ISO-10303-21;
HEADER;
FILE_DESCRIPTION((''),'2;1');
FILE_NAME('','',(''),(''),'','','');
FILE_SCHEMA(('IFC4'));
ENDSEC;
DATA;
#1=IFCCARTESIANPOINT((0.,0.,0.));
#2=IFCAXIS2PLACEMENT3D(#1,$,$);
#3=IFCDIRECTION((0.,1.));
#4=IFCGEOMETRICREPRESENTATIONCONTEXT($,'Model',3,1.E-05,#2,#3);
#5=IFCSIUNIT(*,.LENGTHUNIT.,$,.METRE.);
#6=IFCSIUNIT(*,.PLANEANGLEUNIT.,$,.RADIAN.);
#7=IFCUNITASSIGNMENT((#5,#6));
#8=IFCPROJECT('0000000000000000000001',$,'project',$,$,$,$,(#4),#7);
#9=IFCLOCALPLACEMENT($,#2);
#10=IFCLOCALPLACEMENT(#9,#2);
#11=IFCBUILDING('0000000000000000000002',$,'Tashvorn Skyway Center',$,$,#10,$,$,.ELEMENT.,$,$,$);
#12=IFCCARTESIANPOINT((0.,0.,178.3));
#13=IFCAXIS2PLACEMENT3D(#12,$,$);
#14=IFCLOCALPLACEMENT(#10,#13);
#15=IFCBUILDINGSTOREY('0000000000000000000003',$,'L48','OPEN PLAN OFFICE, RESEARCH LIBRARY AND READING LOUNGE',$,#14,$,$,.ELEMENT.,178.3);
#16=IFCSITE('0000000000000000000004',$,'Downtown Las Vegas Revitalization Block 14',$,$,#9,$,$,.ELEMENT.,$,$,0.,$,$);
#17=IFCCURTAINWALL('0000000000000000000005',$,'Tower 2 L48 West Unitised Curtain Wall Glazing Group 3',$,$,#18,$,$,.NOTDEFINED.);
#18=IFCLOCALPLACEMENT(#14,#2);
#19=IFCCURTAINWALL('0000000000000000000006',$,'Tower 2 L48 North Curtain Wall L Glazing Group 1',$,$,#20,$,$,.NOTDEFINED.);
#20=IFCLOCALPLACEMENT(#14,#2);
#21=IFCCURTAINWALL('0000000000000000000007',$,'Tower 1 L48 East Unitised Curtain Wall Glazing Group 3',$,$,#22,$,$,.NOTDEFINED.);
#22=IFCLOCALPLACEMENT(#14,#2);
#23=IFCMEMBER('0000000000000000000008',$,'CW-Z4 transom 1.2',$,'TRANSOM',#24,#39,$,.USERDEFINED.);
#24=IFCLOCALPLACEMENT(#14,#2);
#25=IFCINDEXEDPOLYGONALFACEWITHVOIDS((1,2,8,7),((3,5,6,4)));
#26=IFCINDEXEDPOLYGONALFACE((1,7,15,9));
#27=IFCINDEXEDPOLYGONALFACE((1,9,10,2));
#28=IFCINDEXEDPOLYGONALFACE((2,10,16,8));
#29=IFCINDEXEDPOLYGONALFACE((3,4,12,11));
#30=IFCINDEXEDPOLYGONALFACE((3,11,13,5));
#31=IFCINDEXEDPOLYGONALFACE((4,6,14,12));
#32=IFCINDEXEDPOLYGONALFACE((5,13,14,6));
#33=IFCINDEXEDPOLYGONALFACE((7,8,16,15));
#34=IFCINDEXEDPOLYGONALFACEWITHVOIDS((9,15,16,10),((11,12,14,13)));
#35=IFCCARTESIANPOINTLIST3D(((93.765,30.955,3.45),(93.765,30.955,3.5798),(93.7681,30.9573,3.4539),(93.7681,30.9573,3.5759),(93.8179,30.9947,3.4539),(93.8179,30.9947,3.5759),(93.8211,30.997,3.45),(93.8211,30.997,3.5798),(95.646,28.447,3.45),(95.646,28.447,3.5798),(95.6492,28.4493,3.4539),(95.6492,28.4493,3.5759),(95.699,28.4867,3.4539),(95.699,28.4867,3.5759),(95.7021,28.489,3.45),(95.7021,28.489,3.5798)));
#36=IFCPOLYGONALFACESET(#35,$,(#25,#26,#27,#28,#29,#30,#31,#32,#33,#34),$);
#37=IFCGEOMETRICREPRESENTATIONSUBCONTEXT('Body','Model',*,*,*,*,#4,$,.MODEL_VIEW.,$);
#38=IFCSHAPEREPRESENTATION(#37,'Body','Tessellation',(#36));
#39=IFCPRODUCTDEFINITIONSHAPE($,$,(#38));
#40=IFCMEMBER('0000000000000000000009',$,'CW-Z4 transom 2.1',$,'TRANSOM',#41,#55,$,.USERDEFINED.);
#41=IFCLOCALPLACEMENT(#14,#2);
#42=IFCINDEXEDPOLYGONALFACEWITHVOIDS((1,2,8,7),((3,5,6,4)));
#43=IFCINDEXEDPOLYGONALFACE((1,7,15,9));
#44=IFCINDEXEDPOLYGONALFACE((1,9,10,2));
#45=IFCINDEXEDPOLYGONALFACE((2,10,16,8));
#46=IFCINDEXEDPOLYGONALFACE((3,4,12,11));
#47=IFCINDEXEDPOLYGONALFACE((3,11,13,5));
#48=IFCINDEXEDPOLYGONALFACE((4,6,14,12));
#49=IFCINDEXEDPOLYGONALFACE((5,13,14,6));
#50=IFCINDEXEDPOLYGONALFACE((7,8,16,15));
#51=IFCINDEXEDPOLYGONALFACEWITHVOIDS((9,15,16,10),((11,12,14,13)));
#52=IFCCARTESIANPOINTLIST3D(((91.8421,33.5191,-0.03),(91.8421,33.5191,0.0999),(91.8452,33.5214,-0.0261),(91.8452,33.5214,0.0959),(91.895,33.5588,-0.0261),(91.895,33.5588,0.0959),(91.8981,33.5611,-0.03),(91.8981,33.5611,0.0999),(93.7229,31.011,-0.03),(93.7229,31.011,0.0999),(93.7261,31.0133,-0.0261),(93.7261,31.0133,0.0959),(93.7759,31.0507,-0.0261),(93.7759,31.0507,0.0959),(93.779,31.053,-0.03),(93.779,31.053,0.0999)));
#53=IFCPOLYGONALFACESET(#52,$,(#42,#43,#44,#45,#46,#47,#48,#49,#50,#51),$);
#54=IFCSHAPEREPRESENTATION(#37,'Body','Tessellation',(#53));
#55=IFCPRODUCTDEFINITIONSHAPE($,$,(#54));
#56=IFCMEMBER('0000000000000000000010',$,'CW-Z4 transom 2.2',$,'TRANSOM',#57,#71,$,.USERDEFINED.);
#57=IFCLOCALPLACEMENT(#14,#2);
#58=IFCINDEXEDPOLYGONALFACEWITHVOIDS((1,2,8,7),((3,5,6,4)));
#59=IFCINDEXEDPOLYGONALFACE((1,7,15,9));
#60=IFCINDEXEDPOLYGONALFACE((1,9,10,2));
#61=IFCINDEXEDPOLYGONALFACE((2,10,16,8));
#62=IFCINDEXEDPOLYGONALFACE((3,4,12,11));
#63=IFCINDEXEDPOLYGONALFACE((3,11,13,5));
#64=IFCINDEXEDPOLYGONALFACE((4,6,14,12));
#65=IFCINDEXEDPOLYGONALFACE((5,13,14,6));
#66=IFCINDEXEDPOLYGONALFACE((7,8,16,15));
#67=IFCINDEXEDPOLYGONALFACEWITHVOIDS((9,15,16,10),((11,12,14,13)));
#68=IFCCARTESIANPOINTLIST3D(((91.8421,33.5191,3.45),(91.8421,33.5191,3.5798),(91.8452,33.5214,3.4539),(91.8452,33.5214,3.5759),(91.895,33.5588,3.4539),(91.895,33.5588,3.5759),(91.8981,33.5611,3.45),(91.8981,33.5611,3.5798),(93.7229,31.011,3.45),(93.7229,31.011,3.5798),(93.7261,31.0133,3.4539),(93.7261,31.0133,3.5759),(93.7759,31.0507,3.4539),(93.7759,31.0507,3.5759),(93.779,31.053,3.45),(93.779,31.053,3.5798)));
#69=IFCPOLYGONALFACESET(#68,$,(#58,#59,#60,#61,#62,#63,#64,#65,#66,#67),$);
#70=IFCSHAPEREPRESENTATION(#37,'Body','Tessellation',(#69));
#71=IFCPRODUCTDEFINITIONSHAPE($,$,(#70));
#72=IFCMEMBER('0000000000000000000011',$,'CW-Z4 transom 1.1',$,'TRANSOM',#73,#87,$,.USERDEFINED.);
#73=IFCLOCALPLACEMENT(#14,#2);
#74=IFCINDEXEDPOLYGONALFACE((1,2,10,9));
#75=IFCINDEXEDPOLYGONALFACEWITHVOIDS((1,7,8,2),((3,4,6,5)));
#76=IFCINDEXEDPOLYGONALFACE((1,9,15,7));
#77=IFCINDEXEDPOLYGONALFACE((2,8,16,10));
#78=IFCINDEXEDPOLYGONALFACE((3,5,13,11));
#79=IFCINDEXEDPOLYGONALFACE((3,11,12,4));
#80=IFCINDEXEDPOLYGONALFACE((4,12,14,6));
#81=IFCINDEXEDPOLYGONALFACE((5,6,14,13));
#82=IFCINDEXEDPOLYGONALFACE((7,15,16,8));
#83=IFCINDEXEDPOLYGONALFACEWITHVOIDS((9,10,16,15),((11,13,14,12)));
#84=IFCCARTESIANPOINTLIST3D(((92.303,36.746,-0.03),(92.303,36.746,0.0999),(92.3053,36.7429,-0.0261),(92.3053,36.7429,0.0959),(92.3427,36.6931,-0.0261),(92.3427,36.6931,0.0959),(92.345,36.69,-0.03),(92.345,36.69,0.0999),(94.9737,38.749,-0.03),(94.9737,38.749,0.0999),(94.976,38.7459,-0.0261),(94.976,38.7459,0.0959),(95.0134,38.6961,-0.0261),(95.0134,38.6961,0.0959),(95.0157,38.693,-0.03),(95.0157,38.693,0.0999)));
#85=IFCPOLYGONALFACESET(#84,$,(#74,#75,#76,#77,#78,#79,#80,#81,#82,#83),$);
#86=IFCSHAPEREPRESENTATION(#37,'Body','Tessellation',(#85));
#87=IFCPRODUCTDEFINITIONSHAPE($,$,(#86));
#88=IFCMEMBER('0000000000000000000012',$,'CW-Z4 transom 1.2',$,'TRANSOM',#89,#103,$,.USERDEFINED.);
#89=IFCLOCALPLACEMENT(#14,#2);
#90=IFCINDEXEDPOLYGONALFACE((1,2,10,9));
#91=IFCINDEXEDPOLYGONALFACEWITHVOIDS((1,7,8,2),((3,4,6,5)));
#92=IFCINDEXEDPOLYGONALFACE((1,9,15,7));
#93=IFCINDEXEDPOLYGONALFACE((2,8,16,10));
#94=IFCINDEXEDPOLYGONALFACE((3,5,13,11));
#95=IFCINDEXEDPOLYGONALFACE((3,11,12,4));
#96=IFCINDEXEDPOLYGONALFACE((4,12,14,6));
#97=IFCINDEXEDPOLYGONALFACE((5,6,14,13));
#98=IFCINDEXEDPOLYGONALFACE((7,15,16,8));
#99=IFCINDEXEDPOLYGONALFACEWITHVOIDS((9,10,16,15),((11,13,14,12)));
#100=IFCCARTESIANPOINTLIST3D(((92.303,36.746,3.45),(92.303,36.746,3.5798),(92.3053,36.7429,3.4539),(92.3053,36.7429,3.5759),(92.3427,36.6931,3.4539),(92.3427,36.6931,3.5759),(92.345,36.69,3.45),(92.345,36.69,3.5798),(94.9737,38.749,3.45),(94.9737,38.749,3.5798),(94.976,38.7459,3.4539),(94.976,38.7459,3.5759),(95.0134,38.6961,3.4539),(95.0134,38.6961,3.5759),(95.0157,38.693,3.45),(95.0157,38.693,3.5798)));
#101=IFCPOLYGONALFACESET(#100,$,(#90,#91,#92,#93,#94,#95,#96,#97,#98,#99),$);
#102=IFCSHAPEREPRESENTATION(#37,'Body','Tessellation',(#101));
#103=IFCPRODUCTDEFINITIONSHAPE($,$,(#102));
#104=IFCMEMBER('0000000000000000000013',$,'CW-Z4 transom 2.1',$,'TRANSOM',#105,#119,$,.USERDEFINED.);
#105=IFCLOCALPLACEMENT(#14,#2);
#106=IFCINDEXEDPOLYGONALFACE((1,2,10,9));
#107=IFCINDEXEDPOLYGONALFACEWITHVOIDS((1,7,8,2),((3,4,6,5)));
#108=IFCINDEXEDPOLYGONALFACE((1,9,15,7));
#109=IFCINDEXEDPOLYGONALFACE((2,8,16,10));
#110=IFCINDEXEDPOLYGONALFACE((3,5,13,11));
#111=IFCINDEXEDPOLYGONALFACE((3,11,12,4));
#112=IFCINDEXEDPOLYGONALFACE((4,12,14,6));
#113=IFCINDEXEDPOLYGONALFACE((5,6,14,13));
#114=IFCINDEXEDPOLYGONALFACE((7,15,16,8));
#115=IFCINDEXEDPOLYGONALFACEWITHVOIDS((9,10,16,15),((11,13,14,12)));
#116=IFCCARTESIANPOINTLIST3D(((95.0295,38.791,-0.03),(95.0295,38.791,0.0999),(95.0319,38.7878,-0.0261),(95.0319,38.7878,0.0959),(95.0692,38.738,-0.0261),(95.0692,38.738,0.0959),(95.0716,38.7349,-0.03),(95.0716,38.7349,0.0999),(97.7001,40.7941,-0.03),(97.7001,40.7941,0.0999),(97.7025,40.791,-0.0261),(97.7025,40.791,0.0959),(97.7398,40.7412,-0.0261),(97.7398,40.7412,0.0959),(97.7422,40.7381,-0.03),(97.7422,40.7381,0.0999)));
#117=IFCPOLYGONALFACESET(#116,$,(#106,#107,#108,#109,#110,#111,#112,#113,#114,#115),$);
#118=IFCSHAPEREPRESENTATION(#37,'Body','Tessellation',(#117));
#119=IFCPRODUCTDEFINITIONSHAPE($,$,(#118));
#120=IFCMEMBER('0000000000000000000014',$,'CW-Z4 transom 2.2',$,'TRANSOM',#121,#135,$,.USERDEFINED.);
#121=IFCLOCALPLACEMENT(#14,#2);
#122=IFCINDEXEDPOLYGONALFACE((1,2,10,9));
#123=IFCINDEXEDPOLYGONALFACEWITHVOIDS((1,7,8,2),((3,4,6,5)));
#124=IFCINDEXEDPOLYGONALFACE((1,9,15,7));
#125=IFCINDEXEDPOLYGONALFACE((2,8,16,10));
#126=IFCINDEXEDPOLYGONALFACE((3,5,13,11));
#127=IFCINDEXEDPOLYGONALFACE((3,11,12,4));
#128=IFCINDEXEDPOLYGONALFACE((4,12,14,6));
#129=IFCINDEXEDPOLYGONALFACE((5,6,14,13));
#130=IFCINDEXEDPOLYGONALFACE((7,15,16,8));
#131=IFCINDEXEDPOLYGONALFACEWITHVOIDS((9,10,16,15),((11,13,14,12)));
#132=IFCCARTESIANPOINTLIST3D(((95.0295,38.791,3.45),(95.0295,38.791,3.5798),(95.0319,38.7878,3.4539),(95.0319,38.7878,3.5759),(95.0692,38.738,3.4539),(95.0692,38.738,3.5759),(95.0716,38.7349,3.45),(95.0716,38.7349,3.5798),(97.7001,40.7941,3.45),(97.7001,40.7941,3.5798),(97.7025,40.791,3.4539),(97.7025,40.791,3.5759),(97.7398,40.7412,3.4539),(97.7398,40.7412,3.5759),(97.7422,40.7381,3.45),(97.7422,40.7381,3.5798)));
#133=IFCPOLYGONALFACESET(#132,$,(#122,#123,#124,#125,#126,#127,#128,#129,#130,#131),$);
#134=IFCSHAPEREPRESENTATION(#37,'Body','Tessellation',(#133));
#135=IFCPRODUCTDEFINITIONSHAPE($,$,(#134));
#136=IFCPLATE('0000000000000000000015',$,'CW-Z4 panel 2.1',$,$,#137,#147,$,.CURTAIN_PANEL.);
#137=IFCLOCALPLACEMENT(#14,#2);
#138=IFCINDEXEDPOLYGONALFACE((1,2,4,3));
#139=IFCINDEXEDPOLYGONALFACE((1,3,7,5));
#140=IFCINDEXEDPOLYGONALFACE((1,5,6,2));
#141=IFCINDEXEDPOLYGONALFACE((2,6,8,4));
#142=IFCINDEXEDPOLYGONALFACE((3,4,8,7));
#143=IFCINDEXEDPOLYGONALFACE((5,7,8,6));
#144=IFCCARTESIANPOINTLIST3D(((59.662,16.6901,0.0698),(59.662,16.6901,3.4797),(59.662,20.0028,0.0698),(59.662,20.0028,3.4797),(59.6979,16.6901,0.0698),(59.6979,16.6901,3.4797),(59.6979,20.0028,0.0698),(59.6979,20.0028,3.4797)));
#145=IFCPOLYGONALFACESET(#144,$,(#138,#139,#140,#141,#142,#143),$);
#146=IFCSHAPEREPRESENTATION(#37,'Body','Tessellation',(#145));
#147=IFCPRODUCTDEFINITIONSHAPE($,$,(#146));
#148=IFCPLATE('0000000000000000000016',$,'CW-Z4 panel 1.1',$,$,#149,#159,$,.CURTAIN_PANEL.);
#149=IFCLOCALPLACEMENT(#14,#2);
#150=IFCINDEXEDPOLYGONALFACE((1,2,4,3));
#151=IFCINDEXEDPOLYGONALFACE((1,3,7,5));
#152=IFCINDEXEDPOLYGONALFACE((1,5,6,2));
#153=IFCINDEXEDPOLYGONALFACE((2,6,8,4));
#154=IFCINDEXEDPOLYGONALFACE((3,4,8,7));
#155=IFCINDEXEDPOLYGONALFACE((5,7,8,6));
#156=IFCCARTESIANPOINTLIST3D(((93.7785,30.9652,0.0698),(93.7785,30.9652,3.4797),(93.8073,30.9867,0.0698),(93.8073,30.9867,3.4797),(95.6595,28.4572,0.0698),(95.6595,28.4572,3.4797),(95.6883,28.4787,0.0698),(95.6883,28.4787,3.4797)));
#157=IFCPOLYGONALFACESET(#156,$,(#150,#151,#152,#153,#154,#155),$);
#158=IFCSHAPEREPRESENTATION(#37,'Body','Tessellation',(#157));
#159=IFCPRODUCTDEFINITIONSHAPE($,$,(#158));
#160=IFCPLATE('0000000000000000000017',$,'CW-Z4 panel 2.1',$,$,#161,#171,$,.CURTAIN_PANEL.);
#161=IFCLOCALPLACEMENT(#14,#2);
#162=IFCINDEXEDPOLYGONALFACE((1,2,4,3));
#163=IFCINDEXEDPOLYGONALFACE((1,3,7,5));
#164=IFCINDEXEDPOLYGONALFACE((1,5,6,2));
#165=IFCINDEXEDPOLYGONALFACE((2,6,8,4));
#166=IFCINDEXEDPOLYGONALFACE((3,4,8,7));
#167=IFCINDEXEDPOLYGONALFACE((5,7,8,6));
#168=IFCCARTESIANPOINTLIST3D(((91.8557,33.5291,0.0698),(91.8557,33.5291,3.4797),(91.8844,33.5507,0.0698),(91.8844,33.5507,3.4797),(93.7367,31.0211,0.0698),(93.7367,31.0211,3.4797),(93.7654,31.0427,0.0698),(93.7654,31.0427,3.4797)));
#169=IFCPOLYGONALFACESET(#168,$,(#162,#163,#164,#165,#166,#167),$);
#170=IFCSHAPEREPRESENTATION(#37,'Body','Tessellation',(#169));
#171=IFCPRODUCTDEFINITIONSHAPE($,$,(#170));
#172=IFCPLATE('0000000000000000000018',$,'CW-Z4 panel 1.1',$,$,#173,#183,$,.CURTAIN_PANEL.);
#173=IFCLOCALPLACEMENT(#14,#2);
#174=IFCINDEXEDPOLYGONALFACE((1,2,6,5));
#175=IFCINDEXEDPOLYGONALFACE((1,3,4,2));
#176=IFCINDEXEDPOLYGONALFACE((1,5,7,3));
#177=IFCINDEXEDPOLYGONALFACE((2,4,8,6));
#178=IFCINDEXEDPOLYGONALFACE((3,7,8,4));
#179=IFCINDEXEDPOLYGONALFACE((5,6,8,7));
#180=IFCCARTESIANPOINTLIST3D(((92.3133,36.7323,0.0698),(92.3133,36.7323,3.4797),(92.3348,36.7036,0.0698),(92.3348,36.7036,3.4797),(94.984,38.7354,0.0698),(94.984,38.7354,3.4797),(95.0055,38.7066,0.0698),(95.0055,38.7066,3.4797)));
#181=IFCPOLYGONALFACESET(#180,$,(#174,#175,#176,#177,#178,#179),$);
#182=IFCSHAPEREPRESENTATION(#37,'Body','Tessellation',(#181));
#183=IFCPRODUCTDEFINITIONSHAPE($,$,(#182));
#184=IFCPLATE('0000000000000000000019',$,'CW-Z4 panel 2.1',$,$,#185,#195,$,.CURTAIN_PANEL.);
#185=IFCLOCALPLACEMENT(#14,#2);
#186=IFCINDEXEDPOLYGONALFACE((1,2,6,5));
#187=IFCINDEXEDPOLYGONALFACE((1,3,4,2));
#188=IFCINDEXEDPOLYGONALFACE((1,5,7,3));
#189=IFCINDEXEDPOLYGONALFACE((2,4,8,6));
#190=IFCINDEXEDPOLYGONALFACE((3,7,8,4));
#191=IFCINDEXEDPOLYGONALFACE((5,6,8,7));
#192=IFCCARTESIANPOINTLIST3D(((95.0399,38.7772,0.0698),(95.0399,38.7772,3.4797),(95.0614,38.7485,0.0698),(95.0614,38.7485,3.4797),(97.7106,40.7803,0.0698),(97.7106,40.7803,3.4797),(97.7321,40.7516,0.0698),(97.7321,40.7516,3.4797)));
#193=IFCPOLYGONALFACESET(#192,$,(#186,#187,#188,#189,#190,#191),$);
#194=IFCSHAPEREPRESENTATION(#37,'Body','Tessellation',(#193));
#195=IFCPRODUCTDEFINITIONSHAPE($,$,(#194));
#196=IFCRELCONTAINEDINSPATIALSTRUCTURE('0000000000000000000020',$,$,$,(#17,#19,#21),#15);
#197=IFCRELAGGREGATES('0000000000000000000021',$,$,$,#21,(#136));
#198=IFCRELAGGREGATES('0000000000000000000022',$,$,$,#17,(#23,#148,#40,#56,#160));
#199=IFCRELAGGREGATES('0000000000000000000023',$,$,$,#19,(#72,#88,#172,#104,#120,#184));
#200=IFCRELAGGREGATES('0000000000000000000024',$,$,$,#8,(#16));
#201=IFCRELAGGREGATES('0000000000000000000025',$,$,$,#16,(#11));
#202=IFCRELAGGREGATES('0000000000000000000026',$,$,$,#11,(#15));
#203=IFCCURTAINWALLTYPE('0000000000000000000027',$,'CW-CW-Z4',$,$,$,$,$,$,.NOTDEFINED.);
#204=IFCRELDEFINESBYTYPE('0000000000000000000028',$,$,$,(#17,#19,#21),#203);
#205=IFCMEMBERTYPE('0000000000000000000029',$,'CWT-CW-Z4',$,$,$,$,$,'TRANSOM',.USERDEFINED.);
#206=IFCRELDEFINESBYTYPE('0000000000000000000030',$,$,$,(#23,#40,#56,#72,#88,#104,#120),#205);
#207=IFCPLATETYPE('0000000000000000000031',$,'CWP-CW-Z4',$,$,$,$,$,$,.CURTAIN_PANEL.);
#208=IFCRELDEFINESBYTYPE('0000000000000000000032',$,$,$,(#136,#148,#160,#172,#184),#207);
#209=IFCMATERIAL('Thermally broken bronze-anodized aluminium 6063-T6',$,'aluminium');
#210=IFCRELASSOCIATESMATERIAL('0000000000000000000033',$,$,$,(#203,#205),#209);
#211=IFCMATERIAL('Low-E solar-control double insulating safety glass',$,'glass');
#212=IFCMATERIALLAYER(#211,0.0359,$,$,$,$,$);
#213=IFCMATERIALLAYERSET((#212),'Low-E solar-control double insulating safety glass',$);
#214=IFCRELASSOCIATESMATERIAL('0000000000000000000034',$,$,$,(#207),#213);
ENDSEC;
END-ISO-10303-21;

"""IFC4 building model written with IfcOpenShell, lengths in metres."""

from ifc_helpers import new_model, si_unit, direction, frame, origin, origin_2d, place, context, subcontext, project, spatial, rectangle, hollow_rectangle, extrude, material, layer, layer_set, material_profile, profile_set, type_object, element, aggregate, save


model = new_model("IFC4")

# Units and contexts
model_context = context("Model", 3, precision=1e-05, world=origin(), true_north=direction((0.0, 1.0)))
body_context = subcontext(model_context, "Body", "Model", "MODEL_VIEW")
ifc_project = project(units=[si_unit("LENGTHUNIT", "METRE"), si_unit("PLANEANGLEUNIT", "RADIAN")], contexts=[model_context])

# Site, building, storey
site_placement = place(None, origin())
site = spatial("IfcSite", under=ifc_project, at=site_placement, Name="Downtown Las Vegas Revitalization Block 14", CompositionType="ELEMENT", RefElevation=0.0)
building_placement = place(site_placement, origin())
building = spatial("IfcBuilding", under=site, at=building_placement, Name="Tashvorn Skyway Center", CompositionType="ELEMENT")
storey_placement = place(building_placement, frame((0.0, 0.0, 178.3)))
storey = spatial("IfcBuildingStorey", under=building, at=storey_placement, Name="L48", Description="OPEN PLAN OFFICE, RESEARCH LIBRARY AND READING LOUNGE", CompositionType="ELEMENT", Elevation=178.3)

# Curtain walls
ifc_material_1 = material(Name="Thermally broken bronze-anodized aluminium 6063-T6", Category="aluminium")
curtain_wall_type = type_object("IfcCurtainWallType", Name="CW-CW-Z4", PredefinedType="NOTDEFINED", material=ifc_material_1)
curtain_wall_1_placement = place(storey_placement, origin())
curtain_wall_1 = element("IfcCurtainWall", 1, at=curtain_wall_1_placement, inside=storey, type_object=curtain_wall_type, Name="Tower 2 L48 West Unitised Curtain Wall Glazing Group 3", PredefinedType="NOTDEFINED")
curtain_wall_2_placement = place(storey_placement, origin())
curtain_wall_2 = element("IfcCurtainWall", 2, at=curtain_wall_2_placement, inside=storey, type_object=curtain_wall_type, Name="Tower 2 L48 North Curtain Wall L Glazing Group 1", PredefinedType="NOTDEFINED")

# Curtain wall
curtain_wall_3_placement = place(storey_placement, origin())
curtain_wall_3 = element("IfcCurtainWall", 3, at=curtain_wall_3_placement, inside=storey, type_object=curtain_wall_type, Name="Tower 1 L48 East Unitised Curtain Wall Glazing Group 3", PredefinedType="NOTDEFINED")
ifc_material_profile_1 = material_profile(ifc_material_1, hollow_rectangle(XDim=0.0701, YDim=0.1299, WallThickness=0.0039, at=origin_2d()), Name="ALU-TRAN-70x130")
ifc_profile_set_1 = profile_set([ifc_material_profile_1], Name="Thermally broken bronze-anodized aluminium 6063-T6")
member_type_1 = type_object("IfcMemberType", Name="CWT-CW-Z4", ElementType="TRANSOM", PredefinedType="USERDEFINED", material=ifc_profile_set_1)

# Members
member_1_placement = place(storey_placement, frame((95.6741, 28.468, 3.5149), z_axis=(-0.600012, 0.799991, 0.0), x_axis=(-0.799991, -0.600012, 0.0)))
member_1 = element("IfcMember", 4, at=member_1_placement, type_object=member_type_1, Name="CW-Z4 transom 1.2", ObjectType="TRANSOM", PredefinedType="USERDEFINED", context=body_context, shape_type="SweptSolid", body=[
    extrude(hollow_rectangle(XDim=0.0701, YDim=0.1299, WallThickness=0.0039, at=origin_2d()), origin(), (0.0, 0.0, 1.0), 3.135),
])
member_2_placement = place(storey_placement, frame((93.751, 31.032, 0.0349), z_axis=(-0.599963, 0.800028, 0.0), x_axis=(-0.800028, -0.599963, 0.0)))
member_2 = element("IfcMember", 5, at=member_2_placement, type_object=member_type_1, Name="CW-Z4 transom 2.1", ObjectType="TRANSOM", PredefinedType="USERDEFINED", context=body_context, shape_type="SweptSolid", body=[
    extrude(hollow_rectangle(XDim=0.0701, YDim=0.1299, WallThickness=0.0039, at=origin_2d()), origin(), (0.0, 0.0, 1.0), 3.135),
])
member_3_placement = place(storey_placement, frame((93.751, 31.032, 3.5149), z_axis=(-0.599963, 0.800028, 0.0), x_axis=(-0.800028, -0.599963, 0.0)))
member_3 = element("IfcMember", 6, at=member_3_placement, type_object=member_type_1, Name="CW-Z4 transom 2.2", ObjectType="TRANSOM", PredefinedType="USERDEFINED", context=body_context, shape_type="SweptSolid", body=[
    extrude(hollow_rectangle(XDim=0.0701, YDim=0.1299, WallThickness=0.0039, at=origin_2d()), origin(), (0.0, 0.0, 1.0), 3.135),
])
member_4_placement = place(storey_placement, frame((92.324, 36.718, 0.0349), z_axis=(0.800009, 0.599988, 0.0), x_axis=(-0.599988, 0.800009, 0.0)))
member_4 = element("IfcMember", 7, at=member_4_placement, type_object=member_type_1, Name="CW-Z4 transom 1.1", ObjectType="TRANSOM", PredefinedType="USERDEFINED", context=body_context, shape_type="SweptSolid", body=[
    extrude(hollow_rectangle(XDim=0.0701, YDim=0.1299, WallThickness=0.0039, at=origin_2d()), origin(), (0.0, 0.0, 1.0), 3.3384),
])
member_5_placement = place(storey_placement, frame((92.324, 36.718, 3.5149), z_axis=(0.800009, 0.599988, 0.0), x_axis=(-0.599988, 0.800009, 0.0)))
member_5 = element("IfcMember", 8, at=member_5_placement, type_object=member_type_1, Name="CW-Z4 transom 1.2", ObjectType="TRANSOM", PredefinedType="USERDEFINED", context=body_context, shape_type="SweptSolid", body=[
    extrude(hollow_rectangle(XDim=0.0701, YDim=0.1299, WallThickness=0.0039, at=origin_2d()), origin(), (0.0, 0.0, 1.0), 3.3384),
])
member_6_placement = place(storey_placement, frame((95.0505, 38.7629, 0.0349), z_axis=(0.799974, 0.600035, 0.0), x_axis=(-0.600035, 0.799974, 0.0)))
member_6 = element("IfcMember", 9, at=member_6_placement, type_object=member_type_1, Name="CW-Z4 transom 2.1", ObjectType="TRANSOM", PredefinedType="USERDEFINED", context=body_context, shape_type="SweptSolid", body=[
    extrude(hollow_rectangle(XDim=0.0701, YDim=0.1299, WallThickness=0.0039, at=origin_2d()), origin(), (0.0, 0.0, 1.0), 3.3384),
])
member_7_placement = place(storey_placement, frame((95.0505, 38.7629, 3.5149), z_axis=(0.799974, 0.600035, 0.0), x_axis=(-0.600035, 0.799974, 0.0)))
member_7 = element("IfcMember", 10, at=member_7_placement, type_object=member_type_1, Name="CW-Z4 transom 2.2", ObjectType="TRANSOM", PredefinedType="USERDEFINED", context=body_context, shape_type="SweptSolid", body=[
    extrude(hollow_rectangle(XDim=0.0701, YDim=0.1299, WallThickness=0.0039, at=origin_2d()), origin(), (0.0, 0.0, 1.0), 3.3384),
])

# Plates
ifc_material_2 = material(Name="Low-E solar-control double insulating safety glass", Category="glass")
ifc_layer_1 = layer(ifc_material_2, 0.0359)
ifc_layer_set_1 = layer_set([ifc_layer_1], Name="Low-E solar-control double insulating safety glass")
plate_type = type_object("IfcPlateType", Name="CWP-CW-Z4", PredefinedType="CURTAIN_PANEL", material=ifc_layer_set_1)
plate_1_placement = place(storey_placement, frame((59.6799, 18.3464, 0.0698), z_axis=(0.0, 0.0, 1.0), x_axis=(0.0, -1.0, 0.0)))
plate_1 = element("IfcPlate", 11, at=plate_1_placement, type_object=plate_type, Name="CW-Z4 panel 2.1", PredefinedType="CURTAIN_PANEL", context=body_context, shape_type="SweptSolid", body=[
    extrude(rectangle(XDim=3.3127, YDim=0.0359, at=origin_2d()), origin(), (0.0, 0.0, 1.0), 3.4099),
])
aggregate(curtain_wall_3, [plate_1])
plate_2_placement = place(storey_placement, frame((94.7334, 29.7219, 0.0698), z_axis=(0.0, 0.0, 1.0), x_axis=(-0.6, 0.8, 0.0)))
plate_2 = element("IfcPlate", 12, at=plate_2_placement, type_object=plate_type, Name="CW-Z4 panel 1.1", PredefinedType="CURTAIN_PANEL", context=body_context, shape_type="SweptSolid", body=[
    extrude(rectangle(XDim=3.135, YDim=0.0359, at=origin_2d()), origin(), (0.0, 0.0, 1.0), 3.4099),
])
plate_3_placement = place(storey_placement, frame((92.8105, 32.2859, 0.0698), z_axis=(0.0, 0.0, 1.0), x_axis=(-0.6, 0.8, 0.0)))
plate_3 = element("IfcPlate", 13, at=plate_3_placement, type_object=plate_type, Name="CW-Z4 panel 2.1", PredefinedType="CURTAIN_PANEL", context=body_context, shape_type="SweptSolid", body=[
    extrude(rectangle(XDim=3.135, YDim=0.0359, at=origin_2d()), origin(), (0.0, 0.0, 1.0), 3.4099),
])
aggregate(curtain_wall_1, [member_1, plate_2, member_2, member_3, plate_3])
plate_4_placement = place(storey_placement, frame((93.6594, 37.7195, 0.0698), z_axis=(0.0, 0.0, 1.0), x_axis=(0.799998, 0.600002, 0.0)))
plate_4 = element("IfcPlate", 14, at=plate_4_placement, type_object=plate_type, Name="CW-Z4 panel 1.1", PredefinedType="CURTAIN_PANEL", context=body_context, shape_type="SweptSolid", body=[
    extrude(rectangle(XDim=3.3384, YDim=0.0359, at=origin_2d()), origin(), (0.0, 0.0, 1.0), 3.4099),
])
plate_5_placement = place(storey_placement, frame((96.386, 39.7644, 0.0698), z_axis=(0.0, 0.0, 1.0), x_axis=(0.799998, 0.600002, 0.0)))
plate_5 = element("IfcPlate", 15, at=plate_5_placement, type_object=plate_type, Name="CW-Z4 panel 2.1", PredefinedType="CURTAIN_PANEL", context=body_context, shape_type="SweptSolid", body=[
    extrude(rectangle(XDim=3.3384, YDim=0.0359, at=origin_2d()), origin(), (0.0, 0.0, 1.0), 3.4099),
])
aggregate(curtain_wall_2, [member_4, member_5, plate_4, member_6, member_7, plate_5])

save(model, "model.ifc")
